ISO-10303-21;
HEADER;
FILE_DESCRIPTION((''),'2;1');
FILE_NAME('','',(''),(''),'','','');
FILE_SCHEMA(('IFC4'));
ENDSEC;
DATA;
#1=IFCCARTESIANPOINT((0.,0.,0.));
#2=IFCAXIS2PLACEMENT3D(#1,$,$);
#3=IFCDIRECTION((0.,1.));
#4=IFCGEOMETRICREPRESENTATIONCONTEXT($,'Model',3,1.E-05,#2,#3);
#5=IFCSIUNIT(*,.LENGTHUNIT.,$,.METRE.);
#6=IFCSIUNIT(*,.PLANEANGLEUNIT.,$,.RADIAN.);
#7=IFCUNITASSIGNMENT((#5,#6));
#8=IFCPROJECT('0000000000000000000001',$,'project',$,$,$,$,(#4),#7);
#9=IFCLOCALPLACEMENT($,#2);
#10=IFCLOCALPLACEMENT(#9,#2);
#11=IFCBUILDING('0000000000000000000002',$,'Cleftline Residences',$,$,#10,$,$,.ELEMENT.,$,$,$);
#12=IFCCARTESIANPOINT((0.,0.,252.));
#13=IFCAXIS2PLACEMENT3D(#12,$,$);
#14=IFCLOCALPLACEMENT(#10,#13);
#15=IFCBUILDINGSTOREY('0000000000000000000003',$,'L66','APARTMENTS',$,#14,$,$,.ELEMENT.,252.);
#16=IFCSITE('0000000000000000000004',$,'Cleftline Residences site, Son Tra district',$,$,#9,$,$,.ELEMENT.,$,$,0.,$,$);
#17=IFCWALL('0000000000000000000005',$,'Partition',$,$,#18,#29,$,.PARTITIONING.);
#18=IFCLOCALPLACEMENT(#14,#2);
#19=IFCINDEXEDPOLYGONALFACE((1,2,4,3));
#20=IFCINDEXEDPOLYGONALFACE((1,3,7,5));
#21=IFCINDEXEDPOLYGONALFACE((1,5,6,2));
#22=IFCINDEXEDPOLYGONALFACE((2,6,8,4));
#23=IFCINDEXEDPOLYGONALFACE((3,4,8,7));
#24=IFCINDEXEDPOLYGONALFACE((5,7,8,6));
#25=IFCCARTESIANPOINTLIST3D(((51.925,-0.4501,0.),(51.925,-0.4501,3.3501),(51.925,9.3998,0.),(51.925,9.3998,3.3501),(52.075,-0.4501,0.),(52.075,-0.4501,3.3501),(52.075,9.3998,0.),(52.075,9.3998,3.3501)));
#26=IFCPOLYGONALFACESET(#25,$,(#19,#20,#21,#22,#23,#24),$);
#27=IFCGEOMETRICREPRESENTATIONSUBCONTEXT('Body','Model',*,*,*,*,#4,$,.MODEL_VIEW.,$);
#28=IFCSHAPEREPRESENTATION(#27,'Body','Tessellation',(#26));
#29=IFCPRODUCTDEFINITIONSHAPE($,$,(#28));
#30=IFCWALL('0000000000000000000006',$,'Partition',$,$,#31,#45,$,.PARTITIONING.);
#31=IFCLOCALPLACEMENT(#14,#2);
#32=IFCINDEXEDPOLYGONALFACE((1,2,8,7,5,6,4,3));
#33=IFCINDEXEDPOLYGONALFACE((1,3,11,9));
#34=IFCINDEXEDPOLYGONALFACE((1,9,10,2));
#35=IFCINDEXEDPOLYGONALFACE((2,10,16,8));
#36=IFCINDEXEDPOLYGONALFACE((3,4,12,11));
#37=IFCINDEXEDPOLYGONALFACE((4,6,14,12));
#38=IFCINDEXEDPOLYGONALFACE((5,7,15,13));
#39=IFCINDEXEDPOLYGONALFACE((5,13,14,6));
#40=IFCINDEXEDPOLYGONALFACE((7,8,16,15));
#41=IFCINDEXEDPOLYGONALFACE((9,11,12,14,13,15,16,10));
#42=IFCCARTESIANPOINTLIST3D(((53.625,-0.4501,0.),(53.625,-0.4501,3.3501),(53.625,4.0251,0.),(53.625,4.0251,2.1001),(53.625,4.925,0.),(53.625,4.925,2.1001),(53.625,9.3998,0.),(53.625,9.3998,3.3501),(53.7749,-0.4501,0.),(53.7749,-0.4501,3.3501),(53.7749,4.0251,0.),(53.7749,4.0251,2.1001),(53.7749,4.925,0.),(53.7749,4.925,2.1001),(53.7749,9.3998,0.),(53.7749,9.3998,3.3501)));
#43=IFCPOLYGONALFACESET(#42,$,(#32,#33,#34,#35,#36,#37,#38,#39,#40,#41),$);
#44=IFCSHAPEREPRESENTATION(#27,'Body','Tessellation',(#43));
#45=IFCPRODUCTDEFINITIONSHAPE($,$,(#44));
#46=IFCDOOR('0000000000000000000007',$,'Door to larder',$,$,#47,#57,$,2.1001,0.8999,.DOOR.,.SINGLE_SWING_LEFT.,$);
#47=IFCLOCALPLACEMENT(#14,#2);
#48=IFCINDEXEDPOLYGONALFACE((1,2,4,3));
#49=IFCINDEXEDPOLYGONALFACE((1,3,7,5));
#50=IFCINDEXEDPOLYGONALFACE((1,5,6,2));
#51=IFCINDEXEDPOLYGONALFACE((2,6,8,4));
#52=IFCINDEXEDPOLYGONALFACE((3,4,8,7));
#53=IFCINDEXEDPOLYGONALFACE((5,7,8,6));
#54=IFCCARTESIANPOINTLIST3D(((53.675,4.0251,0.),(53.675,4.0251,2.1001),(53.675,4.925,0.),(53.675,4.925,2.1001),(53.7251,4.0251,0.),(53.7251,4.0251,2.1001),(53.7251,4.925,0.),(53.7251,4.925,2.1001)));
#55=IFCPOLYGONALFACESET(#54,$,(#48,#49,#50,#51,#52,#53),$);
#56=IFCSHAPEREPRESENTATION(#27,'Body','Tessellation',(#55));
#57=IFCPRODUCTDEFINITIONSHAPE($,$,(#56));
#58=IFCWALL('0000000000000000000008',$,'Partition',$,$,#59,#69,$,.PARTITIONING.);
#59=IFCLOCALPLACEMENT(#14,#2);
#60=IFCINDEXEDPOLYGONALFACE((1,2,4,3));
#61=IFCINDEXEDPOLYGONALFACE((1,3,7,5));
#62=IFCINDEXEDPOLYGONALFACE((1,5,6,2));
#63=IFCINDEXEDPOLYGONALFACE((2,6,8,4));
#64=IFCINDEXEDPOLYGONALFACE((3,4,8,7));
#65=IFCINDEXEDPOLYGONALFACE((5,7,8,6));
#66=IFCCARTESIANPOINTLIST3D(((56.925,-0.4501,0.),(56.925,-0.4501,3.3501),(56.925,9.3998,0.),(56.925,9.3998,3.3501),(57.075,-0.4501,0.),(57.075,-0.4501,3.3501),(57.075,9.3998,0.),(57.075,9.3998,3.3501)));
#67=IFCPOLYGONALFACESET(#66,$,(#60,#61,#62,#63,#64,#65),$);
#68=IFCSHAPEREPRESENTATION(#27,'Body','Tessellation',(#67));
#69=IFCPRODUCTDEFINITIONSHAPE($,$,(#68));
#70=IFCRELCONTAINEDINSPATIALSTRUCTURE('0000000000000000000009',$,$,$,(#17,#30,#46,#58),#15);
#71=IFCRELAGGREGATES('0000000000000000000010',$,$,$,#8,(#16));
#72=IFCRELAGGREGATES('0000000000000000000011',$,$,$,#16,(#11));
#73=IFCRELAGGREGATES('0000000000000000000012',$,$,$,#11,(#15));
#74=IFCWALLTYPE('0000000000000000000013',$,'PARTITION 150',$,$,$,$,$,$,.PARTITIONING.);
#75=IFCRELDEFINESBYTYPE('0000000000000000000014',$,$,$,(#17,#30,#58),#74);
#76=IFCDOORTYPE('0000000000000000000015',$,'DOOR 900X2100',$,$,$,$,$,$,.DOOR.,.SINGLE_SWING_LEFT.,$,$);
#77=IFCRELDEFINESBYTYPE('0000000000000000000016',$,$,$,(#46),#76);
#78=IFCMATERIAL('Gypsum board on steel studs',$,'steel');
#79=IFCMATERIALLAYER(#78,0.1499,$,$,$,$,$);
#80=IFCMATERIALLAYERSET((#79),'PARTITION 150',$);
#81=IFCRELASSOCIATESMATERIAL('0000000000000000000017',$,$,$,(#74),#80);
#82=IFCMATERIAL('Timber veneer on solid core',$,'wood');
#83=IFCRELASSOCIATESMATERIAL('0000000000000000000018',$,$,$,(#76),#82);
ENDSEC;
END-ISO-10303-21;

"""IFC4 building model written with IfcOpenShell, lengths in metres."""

from ifc_helpers import new_model, si_unit, direction, frame, frame_2d, origin, place, context, subcontext, project, spatial, rectangle, extrude, material, layer, layer_set, type_object, element, fill, save


model = new_model("IFC4")

# Units and contexts
model_context = context("Model", 3, precision=1e-05, world=origin(), true_north=direction((0.0, 1.0)))
body_context = subcontext(model_context, "Body", "Model", "MODEL_VIEW")
ifc_project = project(units=[si_unit("LENGTHUNIT", "METRE"), si_unit("PLANEANGLEUNIT", "RADIAN")], contexts=[model_context])

# Site, building, storey
site_placement = place(None, origin())
site = spatial("IfcSite", under=ifc_project, at=site_placement, Name="Cleftline Residences site, Son Tra district", CompositionType="ELEMENT", RefElevation=0.0)
building_placement = place(site_placement, origin())
building = spatial("IfcBuilding", under=site, at=building_placement, Name="Cleftline Residences", CompositionType="ELEMENT")
storey_placement = place(building_placement, frame((0.0, 0.0, 252.0)))
storey = spatial("IfcBuildingStorey", under=building, at=storey_placement, Name="L66", Description="APARTMENTS", CompositionType="ELEMENT", Elevation=252.0)

# Wall
ifc_material_1 = material(Name="Gypsum board on steel studs", Category="steel")
ifc_layer_1 = layer(ifc_material_1, 0.1499)
ifc_layer_set_1 = layer_set([ifc_layer_1], Name="PARTITION 150")
wall_type_1 = type_object("IfcWallType", Name="PARTITION 150", PredefinedType="PARTITIONING", material=ifc_layer_set_1)
wall_1_placement = place(storey_placement, frame((52.0, -0.45, 0.0), z_axis=(0.0, 0.0, 1.0), x_axis=(0.0, 1.0, 0.0)))
element("IfcWall", 1, at=wall_1_placement, inside=storey, type_object=wall_type_1, Name="Partition", PredefinedType="PARTITIONING", context=body_context, shape_type="SweptSolid", body=[
    extrude(rectangle(XDim=9.8499, YDim=0.1499, at=frame_2d((4.9248, 0.0))), origin(), (0.0, 0.0, 1.0), 3.3501),
])

# Wall, opening, door
wall_2_placement = place(storey_placement, frame((53.7, -0.45, 0.0), z_axis=(0.0, 0.0, 1.0), x_axis=(0.0, 1.0, 0.0)))
wall_2 = element("IfcWall", 2, at=wall_2_placement, inside=storey, type_object=wall_type_1, Name="Partition", PredefinedType="PARTITIONING", context=body_context, shape_type="SweptSolid", body=[
    extrude(rectangle(XDim=9.8499, YDim=0.1499, at=frame_2d((4.9248, 0.0))), origin(), (0.0, 0.0, 1.0), 3.3501),
])
opening_1_placement = place(wall_2_placement, frame((4.4751, 0.0, 0.0)))
opening_1 = element("IfcOpeningElement", 3, at=opening_1_placement, cuts=wall_2, PredefinedType="OPENING", context=body_context, shape_type="SweptSolid", body=[
    extrude(rectangle(XDim=0.8999, YDim=2.1001, at=frame_2d((0.45, 1.05))), frame((0.0, 0.085, 0.0), z_axis=(0.0, -1.0, 0.0), x_axis=(1.0, 0.0, 0.0)), (0.0, 0.0, 1.0), 0.1699),
])
ifc_material_2 = material(Name="Timber veneer on solid core", Category="wood")
door_type = type_object("IfcDoorType", Name="DOOR 900X2100", OperationType="SINGLE_SWING_LEFT", PredefinedType="DOOR", material=ifc_material_2)
door_placement = place(opening_1_placement, origin())
door = element("IfcDoor", 4, at=door_placement, inside=storey, type_object=door_type, Name="Door to larder", OperationType="SINGLE_SWING_LEFT", OverallHeight=2.1001, OverallWidth=0.8999, PredefinedType="DOOR", context=body_context, shape_type="SweptSolid", body=[
    extrude(rectangle(XDim=0.8999, YDim=2.1001, at=frame_2d((0.45, 1.05))), frame((0.0, 0.0249, 0.0), z_axis=(0.0, -1.0, 0.0), x_axis=(1.0, 0.0, 0.0)), (0.0, 0.0, 1.0), 0.05),
])
fill(opening_1, door)

# Wall
wall_3_placement = place(storey_placement, frame((57.0, -0.45, 0.0), z_axis=(0.0, 0.0, 1.0), x_axis=(0.0, 1.0, 0.0)))
element("IfcWall", 5, at=wall_3_placement, inside=storey, type_object=wall_type_1, Name="Partition", PredefinedType="PARTITIONING", context=body_context, shape_type="SweptSolid", body=[
    extrude(rectangle(XDim=9.8499, YDim=0.1499, at=frame_2d((4.9248, 0.0))), origin(), (0.0, 0.0, 1.0), 3.3501),
])

save(model, "model.ifc")
